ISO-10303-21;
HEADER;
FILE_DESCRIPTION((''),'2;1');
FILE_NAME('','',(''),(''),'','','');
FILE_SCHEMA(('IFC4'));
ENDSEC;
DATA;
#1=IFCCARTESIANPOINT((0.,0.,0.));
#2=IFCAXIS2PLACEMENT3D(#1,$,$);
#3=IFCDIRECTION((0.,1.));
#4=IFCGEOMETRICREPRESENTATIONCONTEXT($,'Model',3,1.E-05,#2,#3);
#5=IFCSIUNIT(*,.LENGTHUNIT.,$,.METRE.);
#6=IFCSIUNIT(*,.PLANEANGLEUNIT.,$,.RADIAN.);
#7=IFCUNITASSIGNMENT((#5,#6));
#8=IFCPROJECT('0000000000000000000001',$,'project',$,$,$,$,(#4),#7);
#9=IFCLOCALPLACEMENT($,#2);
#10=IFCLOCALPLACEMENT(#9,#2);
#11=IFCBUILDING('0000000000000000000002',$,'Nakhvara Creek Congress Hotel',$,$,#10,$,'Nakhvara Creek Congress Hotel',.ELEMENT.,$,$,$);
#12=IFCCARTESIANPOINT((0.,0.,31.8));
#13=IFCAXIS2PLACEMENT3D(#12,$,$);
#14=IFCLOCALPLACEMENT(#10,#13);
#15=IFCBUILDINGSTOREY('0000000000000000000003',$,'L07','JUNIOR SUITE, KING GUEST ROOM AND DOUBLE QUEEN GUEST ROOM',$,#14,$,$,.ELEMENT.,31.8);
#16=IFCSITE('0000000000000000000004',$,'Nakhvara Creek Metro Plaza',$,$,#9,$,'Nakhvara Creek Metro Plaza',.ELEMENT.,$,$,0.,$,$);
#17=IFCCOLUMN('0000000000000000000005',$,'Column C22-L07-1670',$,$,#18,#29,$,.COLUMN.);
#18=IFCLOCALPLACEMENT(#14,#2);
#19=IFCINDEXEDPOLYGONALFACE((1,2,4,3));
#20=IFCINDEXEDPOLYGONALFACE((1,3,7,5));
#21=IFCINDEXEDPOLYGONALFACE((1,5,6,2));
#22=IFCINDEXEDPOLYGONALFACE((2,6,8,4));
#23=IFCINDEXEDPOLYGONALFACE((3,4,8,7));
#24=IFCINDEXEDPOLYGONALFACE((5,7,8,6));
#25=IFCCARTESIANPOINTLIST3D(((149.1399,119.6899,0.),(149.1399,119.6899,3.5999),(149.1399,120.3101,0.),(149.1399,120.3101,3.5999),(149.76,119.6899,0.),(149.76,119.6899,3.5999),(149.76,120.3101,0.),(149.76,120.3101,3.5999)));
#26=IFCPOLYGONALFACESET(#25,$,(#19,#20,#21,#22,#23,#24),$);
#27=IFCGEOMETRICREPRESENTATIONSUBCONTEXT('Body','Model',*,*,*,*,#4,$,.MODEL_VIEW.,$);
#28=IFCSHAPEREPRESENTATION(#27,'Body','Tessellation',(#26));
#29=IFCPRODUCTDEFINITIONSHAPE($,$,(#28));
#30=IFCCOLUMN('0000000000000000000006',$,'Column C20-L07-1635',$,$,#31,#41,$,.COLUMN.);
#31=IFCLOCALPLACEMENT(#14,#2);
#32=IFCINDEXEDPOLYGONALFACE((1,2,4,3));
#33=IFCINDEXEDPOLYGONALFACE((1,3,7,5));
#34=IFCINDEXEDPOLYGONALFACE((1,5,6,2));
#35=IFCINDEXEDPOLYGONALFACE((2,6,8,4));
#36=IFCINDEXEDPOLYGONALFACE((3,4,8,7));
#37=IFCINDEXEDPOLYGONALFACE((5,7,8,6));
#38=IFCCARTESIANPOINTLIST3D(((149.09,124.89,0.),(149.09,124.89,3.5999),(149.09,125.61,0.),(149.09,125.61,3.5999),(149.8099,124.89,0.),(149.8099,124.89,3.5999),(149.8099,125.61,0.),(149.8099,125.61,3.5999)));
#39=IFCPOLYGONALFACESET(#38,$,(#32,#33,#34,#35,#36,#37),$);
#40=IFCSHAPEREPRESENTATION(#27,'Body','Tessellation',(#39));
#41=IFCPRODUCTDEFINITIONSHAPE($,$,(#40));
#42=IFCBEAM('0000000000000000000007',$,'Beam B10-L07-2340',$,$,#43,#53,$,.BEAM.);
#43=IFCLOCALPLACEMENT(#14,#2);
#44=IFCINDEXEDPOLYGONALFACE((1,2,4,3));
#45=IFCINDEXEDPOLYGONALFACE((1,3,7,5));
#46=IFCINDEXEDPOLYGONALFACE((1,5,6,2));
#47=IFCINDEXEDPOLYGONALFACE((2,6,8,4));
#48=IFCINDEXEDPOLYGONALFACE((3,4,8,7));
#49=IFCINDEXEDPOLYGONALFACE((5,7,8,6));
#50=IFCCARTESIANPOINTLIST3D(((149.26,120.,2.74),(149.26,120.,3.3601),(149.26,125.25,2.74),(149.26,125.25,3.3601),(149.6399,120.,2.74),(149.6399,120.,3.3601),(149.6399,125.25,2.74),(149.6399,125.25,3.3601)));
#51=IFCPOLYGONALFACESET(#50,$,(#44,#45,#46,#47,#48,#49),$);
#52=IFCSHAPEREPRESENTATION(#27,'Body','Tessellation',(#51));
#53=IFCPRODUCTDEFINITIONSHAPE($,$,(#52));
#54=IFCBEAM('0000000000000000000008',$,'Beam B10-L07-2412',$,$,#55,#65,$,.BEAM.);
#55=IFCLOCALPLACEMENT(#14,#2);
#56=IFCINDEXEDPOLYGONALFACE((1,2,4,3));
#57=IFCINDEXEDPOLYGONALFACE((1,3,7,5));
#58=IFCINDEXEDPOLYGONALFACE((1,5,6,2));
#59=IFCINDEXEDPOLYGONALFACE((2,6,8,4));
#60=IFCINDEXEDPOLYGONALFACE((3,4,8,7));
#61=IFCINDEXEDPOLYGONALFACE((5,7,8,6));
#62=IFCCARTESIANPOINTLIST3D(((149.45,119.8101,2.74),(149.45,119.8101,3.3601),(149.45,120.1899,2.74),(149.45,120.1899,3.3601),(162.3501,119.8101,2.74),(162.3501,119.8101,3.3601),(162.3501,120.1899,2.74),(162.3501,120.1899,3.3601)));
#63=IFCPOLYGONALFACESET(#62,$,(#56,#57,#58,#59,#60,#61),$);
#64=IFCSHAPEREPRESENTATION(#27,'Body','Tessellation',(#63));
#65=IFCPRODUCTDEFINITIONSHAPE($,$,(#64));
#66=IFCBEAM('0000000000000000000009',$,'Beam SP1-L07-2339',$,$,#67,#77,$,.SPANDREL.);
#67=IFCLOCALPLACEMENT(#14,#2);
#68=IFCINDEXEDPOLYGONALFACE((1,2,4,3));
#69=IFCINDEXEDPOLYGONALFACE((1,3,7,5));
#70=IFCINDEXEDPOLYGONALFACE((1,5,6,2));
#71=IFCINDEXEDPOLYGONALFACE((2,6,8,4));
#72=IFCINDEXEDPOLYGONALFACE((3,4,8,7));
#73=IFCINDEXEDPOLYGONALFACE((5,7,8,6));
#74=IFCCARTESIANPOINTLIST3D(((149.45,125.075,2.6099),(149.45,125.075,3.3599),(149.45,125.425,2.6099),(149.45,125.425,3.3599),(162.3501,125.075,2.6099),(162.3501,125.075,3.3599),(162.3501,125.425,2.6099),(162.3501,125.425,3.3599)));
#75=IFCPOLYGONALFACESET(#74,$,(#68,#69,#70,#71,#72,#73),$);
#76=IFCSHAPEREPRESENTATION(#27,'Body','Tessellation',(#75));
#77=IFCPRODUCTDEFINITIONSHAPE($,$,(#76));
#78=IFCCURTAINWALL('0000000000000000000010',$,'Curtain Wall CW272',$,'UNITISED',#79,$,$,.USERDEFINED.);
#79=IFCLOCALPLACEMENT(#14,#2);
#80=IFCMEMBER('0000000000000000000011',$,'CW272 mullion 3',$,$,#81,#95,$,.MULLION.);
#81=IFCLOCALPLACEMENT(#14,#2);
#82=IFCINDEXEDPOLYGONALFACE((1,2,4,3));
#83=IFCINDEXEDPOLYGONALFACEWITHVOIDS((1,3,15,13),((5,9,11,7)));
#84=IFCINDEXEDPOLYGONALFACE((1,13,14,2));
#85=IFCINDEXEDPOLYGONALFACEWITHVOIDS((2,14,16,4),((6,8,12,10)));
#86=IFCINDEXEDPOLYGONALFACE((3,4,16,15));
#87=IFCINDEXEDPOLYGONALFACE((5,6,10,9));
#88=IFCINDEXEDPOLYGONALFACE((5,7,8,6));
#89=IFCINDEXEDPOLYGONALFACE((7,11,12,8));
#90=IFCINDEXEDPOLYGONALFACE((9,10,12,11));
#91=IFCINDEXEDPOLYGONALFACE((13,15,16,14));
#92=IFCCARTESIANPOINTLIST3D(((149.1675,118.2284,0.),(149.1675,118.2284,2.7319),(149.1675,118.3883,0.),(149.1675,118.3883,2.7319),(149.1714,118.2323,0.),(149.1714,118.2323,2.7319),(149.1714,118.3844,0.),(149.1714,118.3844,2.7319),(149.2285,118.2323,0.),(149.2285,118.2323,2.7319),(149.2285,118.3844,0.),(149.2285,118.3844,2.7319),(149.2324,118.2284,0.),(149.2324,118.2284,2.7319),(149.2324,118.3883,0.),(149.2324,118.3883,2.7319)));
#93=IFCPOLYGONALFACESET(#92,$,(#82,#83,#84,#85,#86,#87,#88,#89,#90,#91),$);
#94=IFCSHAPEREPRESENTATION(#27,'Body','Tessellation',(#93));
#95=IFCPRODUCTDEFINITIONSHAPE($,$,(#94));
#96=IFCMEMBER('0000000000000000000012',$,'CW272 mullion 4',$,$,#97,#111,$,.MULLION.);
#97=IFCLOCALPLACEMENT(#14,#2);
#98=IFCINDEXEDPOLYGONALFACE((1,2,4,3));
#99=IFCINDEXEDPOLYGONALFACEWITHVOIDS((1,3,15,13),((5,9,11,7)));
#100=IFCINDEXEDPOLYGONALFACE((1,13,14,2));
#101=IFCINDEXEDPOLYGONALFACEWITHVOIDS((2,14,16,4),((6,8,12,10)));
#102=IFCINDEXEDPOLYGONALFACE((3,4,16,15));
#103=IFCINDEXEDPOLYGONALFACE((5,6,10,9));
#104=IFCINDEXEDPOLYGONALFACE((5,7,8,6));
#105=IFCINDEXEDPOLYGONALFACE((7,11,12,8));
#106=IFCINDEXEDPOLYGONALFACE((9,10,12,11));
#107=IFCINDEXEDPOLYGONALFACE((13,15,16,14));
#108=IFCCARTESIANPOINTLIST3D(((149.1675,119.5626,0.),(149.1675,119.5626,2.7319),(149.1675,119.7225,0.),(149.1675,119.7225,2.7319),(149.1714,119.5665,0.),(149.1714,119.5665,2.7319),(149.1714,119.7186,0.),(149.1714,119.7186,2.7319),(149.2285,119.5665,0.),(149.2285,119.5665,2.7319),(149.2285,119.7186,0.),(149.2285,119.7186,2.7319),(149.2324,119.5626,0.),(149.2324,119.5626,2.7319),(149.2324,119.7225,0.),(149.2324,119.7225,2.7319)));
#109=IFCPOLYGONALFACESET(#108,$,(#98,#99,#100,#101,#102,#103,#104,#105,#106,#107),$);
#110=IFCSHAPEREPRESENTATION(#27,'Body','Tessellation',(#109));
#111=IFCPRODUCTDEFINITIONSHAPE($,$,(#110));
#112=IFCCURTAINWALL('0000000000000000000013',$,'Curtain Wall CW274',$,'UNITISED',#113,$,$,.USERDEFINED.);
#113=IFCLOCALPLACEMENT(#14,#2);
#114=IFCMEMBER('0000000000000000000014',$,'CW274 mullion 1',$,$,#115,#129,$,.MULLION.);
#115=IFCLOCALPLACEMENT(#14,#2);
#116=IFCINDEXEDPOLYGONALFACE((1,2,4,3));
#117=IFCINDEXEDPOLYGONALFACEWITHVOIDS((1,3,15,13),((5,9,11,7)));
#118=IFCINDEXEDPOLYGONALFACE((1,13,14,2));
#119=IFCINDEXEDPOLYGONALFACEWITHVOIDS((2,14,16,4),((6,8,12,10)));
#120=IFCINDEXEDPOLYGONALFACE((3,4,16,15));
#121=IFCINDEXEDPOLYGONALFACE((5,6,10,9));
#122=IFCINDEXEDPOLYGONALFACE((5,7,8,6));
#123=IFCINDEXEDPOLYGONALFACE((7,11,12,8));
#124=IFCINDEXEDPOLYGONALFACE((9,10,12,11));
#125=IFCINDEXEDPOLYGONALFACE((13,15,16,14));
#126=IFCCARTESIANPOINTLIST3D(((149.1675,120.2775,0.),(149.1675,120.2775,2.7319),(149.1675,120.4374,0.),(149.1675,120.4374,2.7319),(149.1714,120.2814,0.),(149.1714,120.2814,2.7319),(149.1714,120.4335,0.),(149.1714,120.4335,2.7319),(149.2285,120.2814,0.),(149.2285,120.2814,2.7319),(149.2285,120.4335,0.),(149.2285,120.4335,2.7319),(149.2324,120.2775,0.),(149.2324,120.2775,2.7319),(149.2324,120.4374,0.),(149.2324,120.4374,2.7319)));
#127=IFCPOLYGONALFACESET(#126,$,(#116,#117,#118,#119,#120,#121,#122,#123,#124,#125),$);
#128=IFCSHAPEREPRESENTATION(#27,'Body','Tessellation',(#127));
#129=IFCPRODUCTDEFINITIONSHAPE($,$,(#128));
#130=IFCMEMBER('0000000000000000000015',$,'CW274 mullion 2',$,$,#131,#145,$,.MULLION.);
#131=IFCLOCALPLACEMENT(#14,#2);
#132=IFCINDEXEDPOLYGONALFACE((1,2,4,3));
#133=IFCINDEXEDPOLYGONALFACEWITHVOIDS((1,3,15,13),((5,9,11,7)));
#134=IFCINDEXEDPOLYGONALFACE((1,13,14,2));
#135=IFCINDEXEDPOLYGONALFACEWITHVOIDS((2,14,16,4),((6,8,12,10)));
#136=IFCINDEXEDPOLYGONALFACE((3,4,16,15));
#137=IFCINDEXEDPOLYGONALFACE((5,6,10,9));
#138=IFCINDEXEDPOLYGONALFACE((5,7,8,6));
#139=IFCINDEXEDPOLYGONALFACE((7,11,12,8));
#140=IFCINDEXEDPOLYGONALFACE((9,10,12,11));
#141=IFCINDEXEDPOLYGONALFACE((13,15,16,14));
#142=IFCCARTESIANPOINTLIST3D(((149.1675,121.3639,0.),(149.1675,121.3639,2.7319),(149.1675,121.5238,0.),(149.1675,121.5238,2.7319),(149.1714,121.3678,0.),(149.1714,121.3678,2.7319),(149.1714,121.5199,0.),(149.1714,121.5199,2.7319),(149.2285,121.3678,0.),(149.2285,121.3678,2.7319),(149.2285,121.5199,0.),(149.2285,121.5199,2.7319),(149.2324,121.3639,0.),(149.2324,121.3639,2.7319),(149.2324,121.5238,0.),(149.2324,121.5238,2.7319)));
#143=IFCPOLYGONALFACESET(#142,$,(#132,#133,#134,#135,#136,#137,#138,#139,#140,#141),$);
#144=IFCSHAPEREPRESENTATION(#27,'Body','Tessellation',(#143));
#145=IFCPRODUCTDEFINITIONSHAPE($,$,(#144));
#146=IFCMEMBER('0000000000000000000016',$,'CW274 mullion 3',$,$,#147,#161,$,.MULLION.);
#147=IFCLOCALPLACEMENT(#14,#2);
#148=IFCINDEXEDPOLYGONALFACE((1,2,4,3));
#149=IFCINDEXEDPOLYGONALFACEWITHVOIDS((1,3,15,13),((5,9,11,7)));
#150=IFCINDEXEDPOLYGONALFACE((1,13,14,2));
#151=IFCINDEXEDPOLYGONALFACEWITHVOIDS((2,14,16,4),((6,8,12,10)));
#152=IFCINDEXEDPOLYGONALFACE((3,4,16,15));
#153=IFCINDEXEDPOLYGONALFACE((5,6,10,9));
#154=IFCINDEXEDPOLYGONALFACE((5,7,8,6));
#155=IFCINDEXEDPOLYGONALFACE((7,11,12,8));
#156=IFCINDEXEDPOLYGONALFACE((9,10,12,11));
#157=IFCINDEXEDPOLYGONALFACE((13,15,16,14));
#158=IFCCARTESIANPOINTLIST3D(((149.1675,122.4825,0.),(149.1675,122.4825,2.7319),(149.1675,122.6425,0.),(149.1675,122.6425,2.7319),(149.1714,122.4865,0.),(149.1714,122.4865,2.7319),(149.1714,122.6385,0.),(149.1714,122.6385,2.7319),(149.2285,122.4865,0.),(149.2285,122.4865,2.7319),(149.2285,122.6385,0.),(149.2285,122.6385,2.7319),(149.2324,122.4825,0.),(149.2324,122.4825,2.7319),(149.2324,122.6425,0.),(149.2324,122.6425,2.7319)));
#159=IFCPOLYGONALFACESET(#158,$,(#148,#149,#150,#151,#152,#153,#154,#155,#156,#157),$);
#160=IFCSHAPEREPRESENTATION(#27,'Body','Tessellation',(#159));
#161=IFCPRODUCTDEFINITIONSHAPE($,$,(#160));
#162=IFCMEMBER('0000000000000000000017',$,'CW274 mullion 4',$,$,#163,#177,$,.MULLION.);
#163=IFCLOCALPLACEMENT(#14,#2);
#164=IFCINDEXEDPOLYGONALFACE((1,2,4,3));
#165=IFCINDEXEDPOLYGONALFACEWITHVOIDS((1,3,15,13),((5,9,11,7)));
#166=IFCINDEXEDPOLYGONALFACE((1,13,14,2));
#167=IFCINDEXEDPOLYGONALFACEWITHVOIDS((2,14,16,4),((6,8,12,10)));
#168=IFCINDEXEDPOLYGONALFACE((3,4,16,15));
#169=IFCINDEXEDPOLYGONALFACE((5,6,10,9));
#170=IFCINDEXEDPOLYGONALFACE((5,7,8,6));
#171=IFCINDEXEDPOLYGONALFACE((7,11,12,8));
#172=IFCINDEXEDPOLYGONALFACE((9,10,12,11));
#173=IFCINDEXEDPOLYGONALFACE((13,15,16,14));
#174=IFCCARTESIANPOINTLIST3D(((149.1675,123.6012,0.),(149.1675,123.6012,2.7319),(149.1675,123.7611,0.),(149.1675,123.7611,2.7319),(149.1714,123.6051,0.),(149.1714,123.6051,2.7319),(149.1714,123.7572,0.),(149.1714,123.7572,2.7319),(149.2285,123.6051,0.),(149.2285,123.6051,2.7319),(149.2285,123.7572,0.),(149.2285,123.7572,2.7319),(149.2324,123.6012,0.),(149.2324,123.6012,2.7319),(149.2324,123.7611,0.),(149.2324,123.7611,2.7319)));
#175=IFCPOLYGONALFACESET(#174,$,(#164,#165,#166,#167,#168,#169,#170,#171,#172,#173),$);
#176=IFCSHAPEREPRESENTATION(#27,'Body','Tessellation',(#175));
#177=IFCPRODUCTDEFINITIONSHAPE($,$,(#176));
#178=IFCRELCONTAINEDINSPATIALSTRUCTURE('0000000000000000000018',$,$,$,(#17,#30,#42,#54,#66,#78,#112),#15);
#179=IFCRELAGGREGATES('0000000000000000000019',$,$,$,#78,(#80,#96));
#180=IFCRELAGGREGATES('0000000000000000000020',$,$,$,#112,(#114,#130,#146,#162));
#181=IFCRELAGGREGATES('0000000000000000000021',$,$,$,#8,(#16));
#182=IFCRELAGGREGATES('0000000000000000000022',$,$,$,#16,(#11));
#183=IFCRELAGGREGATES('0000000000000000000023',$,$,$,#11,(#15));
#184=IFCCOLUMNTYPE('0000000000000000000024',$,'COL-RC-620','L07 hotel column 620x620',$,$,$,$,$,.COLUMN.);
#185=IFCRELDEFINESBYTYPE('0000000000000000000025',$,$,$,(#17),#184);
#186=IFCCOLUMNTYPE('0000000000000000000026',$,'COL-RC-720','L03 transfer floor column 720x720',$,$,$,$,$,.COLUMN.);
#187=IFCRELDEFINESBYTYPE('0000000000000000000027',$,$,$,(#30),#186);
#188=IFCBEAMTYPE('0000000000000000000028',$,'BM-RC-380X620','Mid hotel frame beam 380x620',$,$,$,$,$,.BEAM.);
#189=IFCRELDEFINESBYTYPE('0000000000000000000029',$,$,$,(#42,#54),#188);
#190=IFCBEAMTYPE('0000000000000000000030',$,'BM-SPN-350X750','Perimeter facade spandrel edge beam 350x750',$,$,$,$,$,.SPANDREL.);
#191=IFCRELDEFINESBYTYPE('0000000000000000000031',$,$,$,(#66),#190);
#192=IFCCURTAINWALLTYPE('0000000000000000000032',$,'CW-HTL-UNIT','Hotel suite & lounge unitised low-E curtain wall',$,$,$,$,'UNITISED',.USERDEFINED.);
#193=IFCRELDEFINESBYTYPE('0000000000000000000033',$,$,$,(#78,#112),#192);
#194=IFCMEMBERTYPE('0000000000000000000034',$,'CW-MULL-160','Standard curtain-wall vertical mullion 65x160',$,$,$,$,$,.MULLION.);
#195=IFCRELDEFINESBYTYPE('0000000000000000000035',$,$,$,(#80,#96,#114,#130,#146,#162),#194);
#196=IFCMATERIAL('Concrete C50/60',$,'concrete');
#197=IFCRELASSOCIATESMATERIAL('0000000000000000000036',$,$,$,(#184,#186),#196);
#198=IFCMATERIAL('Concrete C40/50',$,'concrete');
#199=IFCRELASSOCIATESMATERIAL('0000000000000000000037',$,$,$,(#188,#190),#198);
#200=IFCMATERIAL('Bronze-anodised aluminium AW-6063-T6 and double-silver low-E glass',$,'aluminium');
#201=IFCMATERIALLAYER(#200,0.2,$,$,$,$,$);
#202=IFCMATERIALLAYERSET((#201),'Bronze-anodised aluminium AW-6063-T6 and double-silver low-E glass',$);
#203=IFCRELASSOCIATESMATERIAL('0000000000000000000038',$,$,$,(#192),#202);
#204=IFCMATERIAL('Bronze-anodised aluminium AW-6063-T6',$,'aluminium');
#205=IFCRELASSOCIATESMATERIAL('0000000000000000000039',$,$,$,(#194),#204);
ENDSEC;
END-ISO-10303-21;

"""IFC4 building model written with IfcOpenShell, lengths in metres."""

from ifc_helpers import new_model, si_unit, direction, frame, origin, origin_2d, place, context, subcontext, project, spatial, rectangle, hollow_rectangle, extrude, material, layer, layer_set, material_profile, profile_set, type_object, element, aggregate, save


model = new_model("IFC4")

# Units and contexts
model_context = context("Model", 3, precision=1e-05, world=origin(), true_north=direction((0.0, 1.0)))
body_context = subcontext(model_context, "Body", "Model", "MODEL_VIEW")
ifc_project = project(units=[si_unit("LENGTHUNIT", "METRE"), si_unit("PLANEANGLEUNIT", "RADIAN")], contexts=[model_context])

# Site, building, storey
site_placement = place(None, origin())
site = spatial("IfcSite", under=ifc_project, at=site_placement, Name="Nakhvara Creek Metro Plaza", LongName="Nakhvara Creek Metro Plaza", CompositionType="ELEMENT", RefElevation=0.0)
building_placement = place(site_placement, origin())
building = spatial("IfcBuilding", under=site, at=building_placement, Name="Nakhvara Creek Congress Hotel", LongName="Nakhvara Creek Congress Hotel", CompositionType="ELEMENT")
storey_placement = place(building_placement, frame((0.0, 0.0, 31.8)))
storey = spatial("IfcBuildingStorey", under=building, at=storey_placement, Name="L07", Description="JUNIOR SUITE, KING GUEST ROOM AND DOUBLE QUEEN GUEST ROOM", CompositionType="ELEMENT", Elevation=31.8)

# Columns
ifc_material_1 = material(Name="Concrete C50/60", Category="concrete")
ifc_material_profile_1 = material_profile(ifc_material_1, rectangle(XDim=0.6201, YDim=0.6201, at=origin_2d()), Name="RC-COL 620x620", Category="LoadBearing")
ifc_profile_set_1 = profile_set([ifc_material_profile_1], Name="Concrete C50/60")
column_type_1 = type_object("IfcColumnType", Name="COL-RC-620", Description="L07 hotel column 620x620", PredefinedType="COLUMN", material=ifc_profile_set_1)
column_1_placement = place(storey_placement, frame((149.45, 120.0, 0.0), z_axis=(0.0, 0.0, 1.0), x_axis=(1.0, 0.0, 0.0)))
element("IfcColumn", 1, at=column_1_placement, inside=storey, type_object=column_type_1, Name="Column C22-L07-1670", PredefinedType="COLUMN", context=body_context, shape_type="SweptSolid", body=[
    extrude(rectangle(XDim=0.6201, YDim=0.6201, at=origin_2d()), origin(), (0.0, 0.0, 1.0), 3.5999),
])
ifc_material_profile_2 = material_profile(ifc_material_1, rectangle(XDim=0.72, YDim=0.72, at=origin_2d()), Name="RC-COL 720x720", Category="LoadBearing")
ifc_profile_set_2 = profile_set([ifc_material_profile_2], Name="Concrete C50/60")
column_type_2 = type_object("IfcColumnType", Name="COL-RC-720", Description="L03 transfer floor column 720x720", PredefinedType="COLUMN", material=ifc_profile_set_2)
column_2_placement = place(storey_placement, frame((149.45, 125.25, 0.0), z_axis=(0.0, 0.0, 1.0), x_axis=(1.0, 0.0, 0.0)))
element("IfcColumn", 2, at=column_2_placement, inside=storey, type_object=column_type_2, Name="Column C20-L07-1635", PredefinedType="COLUMN", context=body_context, shape_type="SweptSolid", body=[
    extrude(rectangle(XDim=0.72, YDim=0.72, at=origin_2d()), origin(), (0.0, 0.0, 1.0), 3.5999),
])

# Beams
ifc_material_2 = material(Name="Concrete C40/50", Category="concrete")
ifc_material_profile_3 = material_profile(ifc_material_2, rectangle(XDim=0.3799, YDim=0.6201, at=origin_2d()), Name="RC-BM 380x620", Category="LoadBearing")
ifc_profile_set_3 = profile_set([ifc_material_profile_3], Name="Concrete C40/50")
beam_type_1 = type_object("IfcBeamType", Name="BM-RC-380X620", Description="Mid hotel frame beam 380x620", PredefinedType="BEAM", material=ifc_profile_set_3)
beam_1_placement = place(storey_placement, frame((149.45, 120.0, 3.05), z_axis=(0.0, 1.0, 0.0), x_axis=(-1.0, 0.0, 0.0)))
element("IfcBeam", 3, at=beam_1_placement, inside=storey, type_object=beam_type_1, Name="Beam B10-L07-2340", PredefinedType="BEAM", context=body_context, shape_type="SweptSolid", body=[
    extrude(rectangle(XDim=0.3799, YDim=0.6201, at=origin_2d()), origin(), (0.0, 0.0, 1.0), 5.25),
])
beam_2_placement = place(storey_placement, frame((149.45, 120.0, 3.05), z_axis=(1.0, 0.0, 0.0), x_axis=(0.0, 1.0, 0.0)))
element("IfcBeam", 4, at=beam_2_placement, inside=storey, type_object=beam_type_1, Name="Beam B10-L07-2412", PredefinedType="BEAM", context=body_context, shape_type="SweptSolid", body=[
    extrude(rectangle(XDim=0.3799, YDim=0.6201, at=origin_2d()), origin(), (0.0, 0.0, 1.0), 12.9001),
])
ifc_material_profile_4 = material_profile(ifc_material_2, rectangle(XDim=0.3501, YDim=0.75, at=origin_2d()), Name="RC-SPANDREL 350x750", Category="LoadBearing")
ifc_profile_set_4 = profile_set([ifc_material_profile_4], Name="Concrete C40/50")
beam_type_2 = type_object("IfcBeamType", Name="BM-SPN-350X750", Description="Perimeter facade spandrel edge beam 350x750", PredefinedType="SPANDREL", material=ifc_profile_set_4)
beam_3_placement = place(storey_placement, frame((149.45, 125.25, 2.9849), z_axis=(1.0, 0.0, 0.0), x_axis=(0.0, 1.0, 0.0)))
element("IfcBeam", 5, at=beam_3_placement, inside=storey, type_object=beam_type_2, Name="Beam SP1-L07-2339", PredefinedType="SPANDREL", context=body_context, shape_type="SweptSolid", body=[
    extrude(rectangle(XDim=0.3501, YDim=0.75, at=origin_2d()), origin(), (0.0, 0.0, 1.0), 12.9001),
])

# Curtain walls, members
ifc_material_3 = material(Name="Bronze-anodised aluminium AW-6063-T6 and double-silver low-E glass", Category="aluminium")
ifc_layer = layer(ifc_material_3, 0.2)
ifc_layer_set = layer_set([ifc_layer], Name="Bronze-anodised aluminium AW-6063-T6 and double-silver low-E glass")
curtain_wall_type = type_object("IfcCurtainWallType", Name="CW-HTL-UNIT", Description="Hotel suite & lounge unitised low-E curtain wall", ElementType="UNITISED", PredefinedType="USERDEFINED", material=ifc_layer_set)
curtain_wall_1_placement = place(storey_placement, origin())
curtain_wall_1 = element("IfcCurtainWall", 6, at=curtain_wall_1_placement, inside=storey, type_object=curtain_wall_type, Name="Curtain Wall CW272", ObjectType="UNITISED", PredefinedType="USERDEFINED")
ifc_material_4 = material(Name="Bronze-anodised aluminium AW-6063-T6", Category="aluminium")
ifc_material_profile_5 = material_profile(ifc_material_4, hollow_rectangle(XDim=0.0649, YDim=0.1599, WallThickness=0.0039, at=origin_2d()), Name="ALU-MULL 65x160x4", Category="LoadBearing")
ifc_profile_set_5 = profile_set([ifc_material_profile_5], Name="Bronze-anodised aluminium AW-6063-T6")
member_type_1 = type_object("IfcMemberType", Name="CW-MULL-160", Description="Standard curtain-wall vertical mullion 65x160", PredefinedType="MULLION", material=ifc_profile_set_5)
member_1_placement = place(storey_placement, frame((149.2, 118.3083, 0.0), z_axis=(0.0, 0.0, 1.0), x_axis=(-1.0, 0.0, 0.0)))
member_1 = element("IfcMember", 7, at=member_1_placement, type_object=member_type_1, Name="CW272 mullion 3", PredefinedType="MULLION", context=body_context, shape_type="SweptSolid", body=[
    extrude(hollow_rectangle(XDim=0.0649, YDim=0.1599, WallThickness=0.0039, at=origin_2d()), origin(), (0.0, 0.0, 1.0), 2.7319),
])
member_2_placement = place(storey_placement, frame((149.2, 119.6426, 0.0), z_axis=(0.0, 0.0, 1.0), x_axis=(-1.0, 0.0, 0.0)))
member_2 = element("IfcMember", 8, at=member_2_placement, type_object=member_type_1, Name="CW272 mullion 4", PredefinedType="MULLION", context=body_context, shape_type="SweptSolid", body=[
    extrude(hollow_rectangle(XDim=0.0649, YDim=0.1599, WallThickness=0.0039, at=origin_2d()), origin(), (0.0, 0.0, 1.0), 2.7319),
])
curtain_wall_2_placement = place(storey_placement, origin())
curtain_wall_2 = element("IfcCurtainWall", 9, at=curtain_wall_2_placement, inside=storey, type_object=curtain_wall_type, Name="Curtain Wall CW274", ObjectType="UNITISED", PredefinedType="USERDEFINED")
member_3_placement = place(storey_placement, frame((149.2, 120.3574, 0.0), z_axis=(0.0, 0.0, 1.0), x_axis=(-1.0, 0.0, 0.0)))
member_3 = element("IfcMember", 10, at=member_3_placement, type_object=member_type_1, Name="CW274 mullion 1", PredefinedType="MULLION", context=body_context, shape_type="SweptSolid", body=[
    extrude(hollow_rectangle(XDim=0.0649, YDim=0.1599, WallThickness=0.0039, at=origin_2d()), origin(), (0.0, 0.0, 1.0), 2.7319),
])
member_4_placement = place(storey_placement, frame((149.2, 121.4438, 0.0), z_axis=(0.0, 0.0, 1.0), x_axis=(-1.0, 0.0, 0.0)))
member_4 = element("IfcMember", 11, at=member_4_placement, type_object=member_type_1, Name="CW274 mullion 2", PredefinedType="MULLION", context=body_context, shape_type="SweptSolid", body=[
    extrude(hollow_rectangle(XDim=0.0649, YDim=0.1599, WallThickness=0.0039, at=origin_2d()), origin(), (0.0, 0.0, 1.0), 2.7319),
])
member_5_placement = place(storey_placement, frame((149.2, 122.5625, 0.0), z_axis=(0.0, 0.0, 1.0), x_axis=(-1.0, 0.0, 0.0)))
member_5 = element("IfcMember", 12, at=member_5_placement, type_object=member_type_1, Name="CW274 mullion 3", PredefinedType="MULLION", context=body_context, shape_type="SweptSolid", body=[
    extrude(hollow_rectangle(XDim=0.0649, YDim=0.1599, WallThickness=0.0039, at=origin_2d()), origin(), (0.0, 0.0, 1.0), 2.7319),
])
member_6_placement = place(storey_placement, frame((149.2, 123.6812, 0.0), z_axis=(0.0, 0.0, 1.0), x_axis=(-1.0, 0.0, 0.0)))
member_6 = element("IfcMember", 13, at=member_6_placement, type_object=member_type_1, Name="CW274 mullion 4", PredefinedType="MULLION", context=body_context, shape_type="SweptSolid", body=[
    extrude(hollow_rectangle(XDim=0.0649, YDim=0.1599, WallThickness=0.0039, at=origin_2d()), origin(), (0.0, 0.0, 1.0), 2.7319),
])

aggregate(curtain_wall_1, [member_1, member_2])
aggregate(curtain_wall_2, [member_3, member_4, member_5, member_6])

save(model, "model.ifc")
